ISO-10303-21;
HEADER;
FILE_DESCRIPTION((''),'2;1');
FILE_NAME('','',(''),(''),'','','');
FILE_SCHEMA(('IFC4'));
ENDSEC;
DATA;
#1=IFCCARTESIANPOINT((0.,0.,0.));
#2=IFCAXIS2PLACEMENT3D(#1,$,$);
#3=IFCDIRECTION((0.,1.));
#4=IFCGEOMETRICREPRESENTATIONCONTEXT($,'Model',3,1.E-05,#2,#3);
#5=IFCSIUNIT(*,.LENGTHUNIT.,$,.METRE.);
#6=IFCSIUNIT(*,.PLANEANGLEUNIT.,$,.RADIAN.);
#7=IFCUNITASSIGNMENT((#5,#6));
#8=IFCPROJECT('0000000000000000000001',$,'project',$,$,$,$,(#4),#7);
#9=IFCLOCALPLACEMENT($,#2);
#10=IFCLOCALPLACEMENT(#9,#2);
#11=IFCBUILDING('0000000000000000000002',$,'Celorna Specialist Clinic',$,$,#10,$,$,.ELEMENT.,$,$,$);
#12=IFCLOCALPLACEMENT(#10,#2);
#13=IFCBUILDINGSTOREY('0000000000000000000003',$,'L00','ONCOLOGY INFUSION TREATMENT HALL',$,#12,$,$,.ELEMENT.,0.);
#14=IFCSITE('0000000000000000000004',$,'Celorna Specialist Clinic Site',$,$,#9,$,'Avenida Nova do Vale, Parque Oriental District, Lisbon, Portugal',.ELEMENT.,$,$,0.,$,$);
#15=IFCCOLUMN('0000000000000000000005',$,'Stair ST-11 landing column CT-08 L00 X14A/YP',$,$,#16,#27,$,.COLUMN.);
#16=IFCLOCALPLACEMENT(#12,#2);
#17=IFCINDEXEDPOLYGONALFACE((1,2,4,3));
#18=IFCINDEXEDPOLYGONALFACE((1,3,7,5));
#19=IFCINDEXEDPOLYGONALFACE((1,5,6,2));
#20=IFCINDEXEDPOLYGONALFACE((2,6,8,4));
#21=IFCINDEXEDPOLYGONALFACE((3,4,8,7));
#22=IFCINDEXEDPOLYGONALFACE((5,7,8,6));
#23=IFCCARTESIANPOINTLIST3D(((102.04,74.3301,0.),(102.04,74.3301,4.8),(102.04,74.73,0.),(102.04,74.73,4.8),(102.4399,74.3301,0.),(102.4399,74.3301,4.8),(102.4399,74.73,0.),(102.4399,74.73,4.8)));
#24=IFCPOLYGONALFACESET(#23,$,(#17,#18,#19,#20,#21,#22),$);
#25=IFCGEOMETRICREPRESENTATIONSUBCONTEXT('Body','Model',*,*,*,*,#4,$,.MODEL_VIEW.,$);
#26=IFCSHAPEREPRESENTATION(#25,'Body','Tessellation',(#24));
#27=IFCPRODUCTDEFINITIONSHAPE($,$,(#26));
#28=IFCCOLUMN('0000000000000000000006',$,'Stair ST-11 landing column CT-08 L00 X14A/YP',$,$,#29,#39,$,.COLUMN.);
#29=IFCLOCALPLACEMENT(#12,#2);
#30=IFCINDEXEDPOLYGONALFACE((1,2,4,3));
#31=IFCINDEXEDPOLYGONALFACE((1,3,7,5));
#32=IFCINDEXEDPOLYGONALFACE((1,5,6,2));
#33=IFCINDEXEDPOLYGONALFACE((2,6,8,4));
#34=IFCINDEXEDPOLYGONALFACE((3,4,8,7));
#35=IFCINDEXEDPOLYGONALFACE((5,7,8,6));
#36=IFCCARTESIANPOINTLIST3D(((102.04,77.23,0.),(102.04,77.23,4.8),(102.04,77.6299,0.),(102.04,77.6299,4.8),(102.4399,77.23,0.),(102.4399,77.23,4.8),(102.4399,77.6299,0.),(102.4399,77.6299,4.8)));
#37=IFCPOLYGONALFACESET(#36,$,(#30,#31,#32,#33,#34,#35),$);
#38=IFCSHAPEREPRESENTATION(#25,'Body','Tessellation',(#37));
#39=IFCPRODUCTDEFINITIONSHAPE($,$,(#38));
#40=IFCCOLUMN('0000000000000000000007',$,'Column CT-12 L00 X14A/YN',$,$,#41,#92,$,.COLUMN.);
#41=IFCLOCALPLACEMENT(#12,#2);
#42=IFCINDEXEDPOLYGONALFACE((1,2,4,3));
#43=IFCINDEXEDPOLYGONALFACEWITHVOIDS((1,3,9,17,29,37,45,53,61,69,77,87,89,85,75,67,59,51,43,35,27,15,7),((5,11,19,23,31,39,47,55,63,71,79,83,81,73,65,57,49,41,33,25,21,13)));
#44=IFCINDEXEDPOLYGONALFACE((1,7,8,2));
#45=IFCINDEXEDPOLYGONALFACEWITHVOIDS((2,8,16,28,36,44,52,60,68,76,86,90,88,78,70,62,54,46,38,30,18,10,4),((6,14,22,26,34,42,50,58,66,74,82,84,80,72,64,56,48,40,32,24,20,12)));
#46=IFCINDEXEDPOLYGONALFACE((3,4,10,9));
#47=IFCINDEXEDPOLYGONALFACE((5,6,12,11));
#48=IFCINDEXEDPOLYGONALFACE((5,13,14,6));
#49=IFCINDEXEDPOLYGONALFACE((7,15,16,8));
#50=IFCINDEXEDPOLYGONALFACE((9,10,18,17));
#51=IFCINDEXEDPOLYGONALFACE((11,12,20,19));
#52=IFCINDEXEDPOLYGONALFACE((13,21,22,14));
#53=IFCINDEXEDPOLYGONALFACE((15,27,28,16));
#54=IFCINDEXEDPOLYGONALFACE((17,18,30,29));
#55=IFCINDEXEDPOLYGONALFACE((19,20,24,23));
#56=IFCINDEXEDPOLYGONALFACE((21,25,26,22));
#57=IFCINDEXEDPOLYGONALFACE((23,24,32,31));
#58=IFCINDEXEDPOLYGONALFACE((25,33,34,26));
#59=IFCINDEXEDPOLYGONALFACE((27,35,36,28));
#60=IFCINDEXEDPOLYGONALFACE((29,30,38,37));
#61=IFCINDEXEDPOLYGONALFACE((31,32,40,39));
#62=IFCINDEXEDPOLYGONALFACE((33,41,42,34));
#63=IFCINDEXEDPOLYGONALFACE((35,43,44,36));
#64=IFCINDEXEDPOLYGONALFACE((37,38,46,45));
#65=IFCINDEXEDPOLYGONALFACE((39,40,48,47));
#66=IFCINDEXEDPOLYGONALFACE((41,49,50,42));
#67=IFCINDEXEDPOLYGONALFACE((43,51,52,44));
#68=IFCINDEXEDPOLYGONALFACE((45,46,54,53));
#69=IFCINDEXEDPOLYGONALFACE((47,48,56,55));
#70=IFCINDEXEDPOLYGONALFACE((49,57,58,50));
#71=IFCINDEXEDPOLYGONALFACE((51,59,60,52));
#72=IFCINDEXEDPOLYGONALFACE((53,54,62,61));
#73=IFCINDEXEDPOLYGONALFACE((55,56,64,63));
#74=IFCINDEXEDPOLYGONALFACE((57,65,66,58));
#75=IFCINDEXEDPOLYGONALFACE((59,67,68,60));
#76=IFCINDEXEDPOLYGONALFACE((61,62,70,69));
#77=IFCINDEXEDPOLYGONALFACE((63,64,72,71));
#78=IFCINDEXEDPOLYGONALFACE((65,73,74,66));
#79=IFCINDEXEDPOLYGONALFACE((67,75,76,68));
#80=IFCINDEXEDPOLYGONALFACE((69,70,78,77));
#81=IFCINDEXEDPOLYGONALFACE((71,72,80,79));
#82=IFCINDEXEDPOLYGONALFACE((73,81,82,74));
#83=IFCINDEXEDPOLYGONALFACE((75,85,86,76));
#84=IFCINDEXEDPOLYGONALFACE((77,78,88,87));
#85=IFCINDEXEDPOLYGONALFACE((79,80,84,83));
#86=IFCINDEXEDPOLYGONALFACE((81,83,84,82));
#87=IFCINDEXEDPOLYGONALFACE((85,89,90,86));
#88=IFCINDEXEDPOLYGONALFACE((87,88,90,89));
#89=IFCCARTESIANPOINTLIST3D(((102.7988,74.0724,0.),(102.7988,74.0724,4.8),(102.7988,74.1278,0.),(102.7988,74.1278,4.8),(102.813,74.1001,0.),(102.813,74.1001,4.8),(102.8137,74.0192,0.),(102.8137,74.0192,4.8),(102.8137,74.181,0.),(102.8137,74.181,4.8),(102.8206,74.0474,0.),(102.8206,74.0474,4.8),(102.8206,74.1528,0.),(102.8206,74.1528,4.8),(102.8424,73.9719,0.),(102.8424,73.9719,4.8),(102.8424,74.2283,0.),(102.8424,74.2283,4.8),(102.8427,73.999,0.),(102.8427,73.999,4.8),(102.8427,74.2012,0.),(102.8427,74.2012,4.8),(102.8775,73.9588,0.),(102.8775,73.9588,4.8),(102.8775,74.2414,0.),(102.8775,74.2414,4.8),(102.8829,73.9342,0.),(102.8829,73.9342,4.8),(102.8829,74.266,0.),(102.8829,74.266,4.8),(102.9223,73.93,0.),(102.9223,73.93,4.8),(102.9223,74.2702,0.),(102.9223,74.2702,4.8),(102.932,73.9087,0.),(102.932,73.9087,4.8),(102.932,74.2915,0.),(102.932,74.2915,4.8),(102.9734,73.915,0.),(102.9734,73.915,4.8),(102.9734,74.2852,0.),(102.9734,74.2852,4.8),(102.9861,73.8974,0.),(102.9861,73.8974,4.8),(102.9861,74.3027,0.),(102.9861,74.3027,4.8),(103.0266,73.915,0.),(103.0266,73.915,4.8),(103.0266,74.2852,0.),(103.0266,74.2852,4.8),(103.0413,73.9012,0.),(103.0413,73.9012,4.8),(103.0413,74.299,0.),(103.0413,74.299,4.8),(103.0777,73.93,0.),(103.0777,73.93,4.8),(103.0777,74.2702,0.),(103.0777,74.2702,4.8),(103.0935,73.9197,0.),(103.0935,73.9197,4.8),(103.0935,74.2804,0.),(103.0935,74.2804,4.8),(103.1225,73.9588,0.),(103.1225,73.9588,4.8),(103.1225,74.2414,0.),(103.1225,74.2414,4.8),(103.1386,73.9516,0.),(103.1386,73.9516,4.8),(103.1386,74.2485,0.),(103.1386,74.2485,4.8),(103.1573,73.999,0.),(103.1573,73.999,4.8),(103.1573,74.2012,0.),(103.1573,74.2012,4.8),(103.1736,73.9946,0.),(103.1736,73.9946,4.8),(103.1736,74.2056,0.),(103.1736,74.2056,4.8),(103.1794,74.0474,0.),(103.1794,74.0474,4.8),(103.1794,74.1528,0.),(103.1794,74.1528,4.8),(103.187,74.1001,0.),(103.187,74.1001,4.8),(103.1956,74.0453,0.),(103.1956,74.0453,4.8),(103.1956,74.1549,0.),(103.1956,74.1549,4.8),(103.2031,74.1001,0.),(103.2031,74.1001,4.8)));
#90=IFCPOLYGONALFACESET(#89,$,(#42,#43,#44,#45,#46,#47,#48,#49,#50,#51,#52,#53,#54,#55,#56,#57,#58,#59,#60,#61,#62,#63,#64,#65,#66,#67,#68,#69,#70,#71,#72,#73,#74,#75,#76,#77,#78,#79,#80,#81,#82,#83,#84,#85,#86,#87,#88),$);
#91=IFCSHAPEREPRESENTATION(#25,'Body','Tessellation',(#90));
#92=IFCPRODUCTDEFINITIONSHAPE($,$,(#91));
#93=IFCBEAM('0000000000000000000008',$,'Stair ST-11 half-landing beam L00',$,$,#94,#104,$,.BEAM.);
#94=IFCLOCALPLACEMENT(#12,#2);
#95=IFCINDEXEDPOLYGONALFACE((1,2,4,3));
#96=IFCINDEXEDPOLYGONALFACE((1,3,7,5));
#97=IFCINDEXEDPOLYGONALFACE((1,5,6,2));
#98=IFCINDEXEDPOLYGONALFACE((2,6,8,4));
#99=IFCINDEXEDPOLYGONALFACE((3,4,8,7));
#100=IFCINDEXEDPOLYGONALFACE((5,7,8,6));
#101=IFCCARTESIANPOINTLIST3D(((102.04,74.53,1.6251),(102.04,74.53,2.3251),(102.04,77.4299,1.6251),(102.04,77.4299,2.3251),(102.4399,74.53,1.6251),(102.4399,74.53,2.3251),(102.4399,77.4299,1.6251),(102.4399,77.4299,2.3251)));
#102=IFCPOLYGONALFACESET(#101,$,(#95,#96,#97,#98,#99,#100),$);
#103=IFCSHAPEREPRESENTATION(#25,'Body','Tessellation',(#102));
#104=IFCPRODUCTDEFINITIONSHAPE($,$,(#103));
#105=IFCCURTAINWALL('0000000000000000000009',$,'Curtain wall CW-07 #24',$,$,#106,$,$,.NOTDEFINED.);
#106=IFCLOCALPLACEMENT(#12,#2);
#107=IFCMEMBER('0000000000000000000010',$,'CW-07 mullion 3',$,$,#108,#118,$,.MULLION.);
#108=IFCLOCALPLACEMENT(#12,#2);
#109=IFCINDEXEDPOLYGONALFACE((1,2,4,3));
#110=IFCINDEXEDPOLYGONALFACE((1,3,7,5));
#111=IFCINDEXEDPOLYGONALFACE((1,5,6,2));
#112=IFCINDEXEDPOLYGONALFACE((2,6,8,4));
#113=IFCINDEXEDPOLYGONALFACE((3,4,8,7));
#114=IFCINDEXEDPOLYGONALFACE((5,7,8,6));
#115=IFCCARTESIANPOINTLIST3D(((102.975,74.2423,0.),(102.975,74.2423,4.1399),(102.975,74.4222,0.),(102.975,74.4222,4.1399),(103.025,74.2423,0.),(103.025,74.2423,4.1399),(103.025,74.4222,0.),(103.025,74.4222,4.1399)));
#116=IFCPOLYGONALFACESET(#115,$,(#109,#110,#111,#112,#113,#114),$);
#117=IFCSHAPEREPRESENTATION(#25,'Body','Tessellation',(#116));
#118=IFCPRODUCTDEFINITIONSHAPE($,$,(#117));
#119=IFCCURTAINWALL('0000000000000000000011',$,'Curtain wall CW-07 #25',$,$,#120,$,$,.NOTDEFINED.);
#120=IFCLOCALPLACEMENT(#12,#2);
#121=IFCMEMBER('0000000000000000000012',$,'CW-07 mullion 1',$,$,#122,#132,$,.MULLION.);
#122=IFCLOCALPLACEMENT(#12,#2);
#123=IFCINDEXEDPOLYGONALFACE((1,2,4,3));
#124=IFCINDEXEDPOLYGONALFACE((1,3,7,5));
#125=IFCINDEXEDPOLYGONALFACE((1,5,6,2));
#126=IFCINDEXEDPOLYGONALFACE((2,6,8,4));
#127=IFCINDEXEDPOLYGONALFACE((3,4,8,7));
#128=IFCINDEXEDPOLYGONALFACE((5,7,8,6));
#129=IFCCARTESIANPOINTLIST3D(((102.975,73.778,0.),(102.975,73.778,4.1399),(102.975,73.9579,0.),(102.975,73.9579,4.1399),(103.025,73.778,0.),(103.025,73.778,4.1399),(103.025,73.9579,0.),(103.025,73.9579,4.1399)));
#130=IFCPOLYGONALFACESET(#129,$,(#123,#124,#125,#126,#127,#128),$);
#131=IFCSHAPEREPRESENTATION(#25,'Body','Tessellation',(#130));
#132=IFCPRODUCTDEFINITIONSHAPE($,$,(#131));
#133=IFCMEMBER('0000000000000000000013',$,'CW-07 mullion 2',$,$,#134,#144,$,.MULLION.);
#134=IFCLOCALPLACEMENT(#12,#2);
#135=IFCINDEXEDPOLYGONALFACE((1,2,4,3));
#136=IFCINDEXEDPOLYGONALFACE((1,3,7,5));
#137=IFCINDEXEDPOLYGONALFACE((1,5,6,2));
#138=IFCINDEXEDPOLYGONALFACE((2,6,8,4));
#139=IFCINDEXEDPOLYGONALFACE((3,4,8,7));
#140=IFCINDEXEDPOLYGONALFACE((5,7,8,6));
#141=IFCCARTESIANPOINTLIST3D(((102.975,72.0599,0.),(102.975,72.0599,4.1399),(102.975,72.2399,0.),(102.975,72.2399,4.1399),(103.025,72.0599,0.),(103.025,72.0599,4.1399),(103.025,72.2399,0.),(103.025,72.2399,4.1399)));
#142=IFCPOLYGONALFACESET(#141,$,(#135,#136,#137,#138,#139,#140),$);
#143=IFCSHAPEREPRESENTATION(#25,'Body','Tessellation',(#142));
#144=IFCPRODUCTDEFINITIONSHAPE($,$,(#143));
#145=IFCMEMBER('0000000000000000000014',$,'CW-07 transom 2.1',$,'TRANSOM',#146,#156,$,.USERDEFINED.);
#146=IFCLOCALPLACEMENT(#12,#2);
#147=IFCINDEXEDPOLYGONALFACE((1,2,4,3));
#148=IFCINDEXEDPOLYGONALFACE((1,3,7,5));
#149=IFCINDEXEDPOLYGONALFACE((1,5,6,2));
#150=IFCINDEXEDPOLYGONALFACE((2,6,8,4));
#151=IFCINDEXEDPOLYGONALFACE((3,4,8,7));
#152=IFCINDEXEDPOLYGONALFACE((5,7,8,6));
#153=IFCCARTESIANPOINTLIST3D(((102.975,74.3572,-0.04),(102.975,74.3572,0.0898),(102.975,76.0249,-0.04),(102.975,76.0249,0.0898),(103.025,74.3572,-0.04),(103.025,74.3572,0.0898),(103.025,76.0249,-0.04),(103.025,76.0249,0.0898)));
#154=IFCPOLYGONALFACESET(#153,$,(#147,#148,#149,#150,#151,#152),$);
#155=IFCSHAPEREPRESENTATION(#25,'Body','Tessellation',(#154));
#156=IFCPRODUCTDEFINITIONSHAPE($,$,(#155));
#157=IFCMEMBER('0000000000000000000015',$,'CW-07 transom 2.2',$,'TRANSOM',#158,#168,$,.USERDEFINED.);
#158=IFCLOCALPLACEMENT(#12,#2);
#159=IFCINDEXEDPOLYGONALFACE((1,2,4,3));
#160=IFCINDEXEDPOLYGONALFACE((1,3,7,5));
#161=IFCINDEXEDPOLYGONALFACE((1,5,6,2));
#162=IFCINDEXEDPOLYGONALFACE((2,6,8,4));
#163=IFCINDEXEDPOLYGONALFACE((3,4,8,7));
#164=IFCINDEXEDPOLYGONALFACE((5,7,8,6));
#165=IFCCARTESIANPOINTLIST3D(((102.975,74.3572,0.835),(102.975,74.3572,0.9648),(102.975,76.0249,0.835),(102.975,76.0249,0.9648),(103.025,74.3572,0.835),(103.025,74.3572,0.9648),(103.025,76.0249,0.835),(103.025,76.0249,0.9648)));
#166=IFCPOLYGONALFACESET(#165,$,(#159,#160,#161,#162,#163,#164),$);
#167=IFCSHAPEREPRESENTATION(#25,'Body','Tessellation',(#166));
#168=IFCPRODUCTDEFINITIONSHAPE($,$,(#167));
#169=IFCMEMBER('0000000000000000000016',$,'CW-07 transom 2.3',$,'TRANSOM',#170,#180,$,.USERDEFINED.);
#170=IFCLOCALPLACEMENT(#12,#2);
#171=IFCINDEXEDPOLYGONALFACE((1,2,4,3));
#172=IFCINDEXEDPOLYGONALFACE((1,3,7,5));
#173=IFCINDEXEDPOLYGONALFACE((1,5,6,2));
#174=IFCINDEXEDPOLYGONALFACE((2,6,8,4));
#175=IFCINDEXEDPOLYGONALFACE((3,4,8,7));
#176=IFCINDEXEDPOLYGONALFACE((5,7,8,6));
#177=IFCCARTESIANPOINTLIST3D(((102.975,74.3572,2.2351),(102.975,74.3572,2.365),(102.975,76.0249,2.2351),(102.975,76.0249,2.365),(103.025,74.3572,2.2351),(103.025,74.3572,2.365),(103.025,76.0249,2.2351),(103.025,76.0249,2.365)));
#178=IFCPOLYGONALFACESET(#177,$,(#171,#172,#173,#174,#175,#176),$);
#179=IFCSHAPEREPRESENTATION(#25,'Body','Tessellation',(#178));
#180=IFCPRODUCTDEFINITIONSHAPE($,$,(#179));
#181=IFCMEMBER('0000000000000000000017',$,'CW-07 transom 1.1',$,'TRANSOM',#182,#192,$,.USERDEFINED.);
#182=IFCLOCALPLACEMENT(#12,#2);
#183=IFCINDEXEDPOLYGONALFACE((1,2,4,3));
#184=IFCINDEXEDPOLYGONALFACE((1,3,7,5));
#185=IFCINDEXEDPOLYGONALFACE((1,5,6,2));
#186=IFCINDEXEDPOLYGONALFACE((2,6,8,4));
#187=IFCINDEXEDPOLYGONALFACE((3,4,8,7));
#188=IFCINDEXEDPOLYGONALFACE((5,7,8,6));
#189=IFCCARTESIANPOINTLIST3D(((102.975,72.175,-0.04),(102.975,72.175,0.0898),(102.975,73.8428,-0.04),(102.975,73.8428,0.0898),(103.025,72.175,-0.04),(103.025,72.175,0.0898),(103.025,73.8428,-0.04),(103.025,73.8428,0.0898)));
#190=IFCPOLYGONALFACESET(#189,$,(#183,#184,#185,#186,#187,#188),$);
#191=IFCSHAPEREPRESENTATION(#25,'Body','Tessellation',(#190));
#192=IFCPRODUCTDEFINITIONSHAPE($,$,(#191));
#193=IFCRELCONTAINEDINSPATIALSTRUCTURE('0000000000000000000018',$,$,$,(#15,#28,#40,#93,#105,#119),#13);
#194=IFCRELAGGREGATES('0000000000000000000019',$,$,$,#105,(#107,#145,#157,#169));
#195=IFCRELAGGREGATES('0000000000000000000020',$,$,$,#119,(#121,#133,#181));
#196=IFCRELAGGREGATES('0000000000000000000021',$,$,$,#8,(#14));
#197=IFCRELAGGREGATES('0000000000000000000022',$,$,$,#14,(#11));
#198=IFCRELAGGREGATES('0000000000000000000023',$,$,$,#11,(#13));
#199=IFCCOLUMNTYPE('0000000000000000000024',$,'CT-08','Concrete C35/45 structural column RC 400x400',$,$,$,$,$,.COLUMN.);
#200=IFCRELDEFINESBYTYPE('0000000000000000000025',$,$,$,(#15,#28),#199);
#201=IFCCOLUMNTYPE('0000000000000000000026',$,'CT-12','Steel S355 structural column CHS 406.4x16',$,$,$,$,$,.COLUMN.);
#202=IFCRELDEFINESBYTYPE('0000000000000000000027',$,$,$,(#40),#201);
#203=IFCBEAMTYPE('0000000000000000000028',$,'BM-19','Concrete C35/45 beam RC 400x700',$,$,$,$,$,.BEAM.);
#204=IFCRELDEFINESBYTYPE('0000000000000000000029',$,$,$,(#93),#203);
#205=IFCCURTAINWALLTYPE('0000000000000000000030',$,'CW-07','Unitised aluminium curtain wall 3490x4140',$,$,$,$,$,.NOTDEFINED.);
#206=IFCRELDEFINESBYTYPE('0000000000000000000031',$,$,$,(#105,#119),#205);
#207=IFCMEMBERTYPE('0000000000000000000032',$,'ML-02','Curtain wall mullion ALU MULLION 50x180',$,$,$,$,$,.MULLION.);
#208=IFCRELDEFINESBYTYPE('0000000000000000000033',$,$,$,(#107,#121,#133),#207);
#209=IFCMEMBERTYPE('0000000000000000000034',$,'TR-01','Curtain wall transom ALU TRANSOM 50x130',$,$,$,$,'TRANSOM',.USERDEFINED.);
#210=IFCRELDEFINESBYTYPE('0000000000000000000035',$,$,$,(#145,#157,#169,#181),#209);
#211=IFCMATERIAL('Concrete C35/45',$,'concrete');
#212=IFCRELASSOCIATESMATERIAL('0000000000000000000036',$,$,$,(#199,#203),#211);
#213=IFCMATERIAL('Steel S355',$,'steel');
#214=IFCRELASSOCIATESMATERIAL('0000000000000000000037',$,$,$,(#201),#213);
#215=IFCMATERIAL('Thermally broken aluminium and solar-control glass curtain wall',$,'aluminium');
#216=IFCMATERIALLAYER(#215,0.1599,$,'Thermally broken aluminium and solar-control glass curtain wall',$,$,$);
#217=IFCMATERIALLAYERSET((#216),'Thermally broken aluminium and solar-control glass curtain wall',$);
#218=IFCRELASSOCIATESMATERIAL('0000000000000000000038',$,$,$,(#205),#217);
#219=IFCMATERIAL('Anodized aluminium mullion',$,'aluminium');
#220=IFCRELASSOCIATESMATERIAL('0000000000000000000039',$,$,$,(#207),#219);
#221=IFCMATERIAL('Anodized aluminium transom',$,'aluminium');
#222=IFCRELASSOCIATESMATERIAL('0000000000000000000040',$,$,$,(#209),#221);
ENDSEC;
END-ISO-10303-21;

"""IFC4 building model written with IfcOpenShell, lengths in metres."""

from ifc_helpers import new_model, si_unit, direction, frame, origin, origin_2d, place, context, subcontext, project, spatial, rectangle, hollow_circle, extrude, material, layer, layer_set, material_profile, profile_set, type_object, element, aggregate, save


model = new_model("IFC4")

# Units and contexts
model_context = context("Model", 3, precision=1e-05, world=origin(), true_north=direction((0.0, 1.0)))
body_context = subcontext(model_context, "Body", "Model", "MODEL_VIEW")
ifc_project = project(units=[si_unit("LENGTHUNIT", "METRE"), si_unit("PLANEANGLEUNIT", "RADIAN")], contexts=[model_context])

# Site, building, storey
site_placement = place(None, origin())
site = spatial("IfcSite", under=ifc_project, at=site_placement, Name="Celorna Specialist Clinic Site", LongName="Avenida Nova do Vale, Parque Oriental District, Lisbon, Portugal", CompositionType="ELEMENT", RefElevation=0.0)
building_placement = place(site_placement, origin())
building = spatial("IfcBuilding", under=site, at=building_placement, Name="Celorna Specialist Clinic", CompositionType="ELEMENT")
storey_placement = place(building_placement, origin())
storey = spatial("IfcBuildingStorey", under=building, at=storey_placement, Name="L00", Description="ONCOLOGY INFUSION TREATMENT HALL", CompositionType="ELEMENT", Elevation=0.0)

# Columns
ifc_material_1 = material(Name="Concrete C35/45", Category="concrete")
ifc_material_profile_1 = material_profile(ifc_material_1, rectangle(XDim=0.3999, YDim=0.3999, at=origin_2d()), Name="RC 400x400")
ifc_profile_set_1 = profile_set([ifc_material_profile_1], Name="Concrete C35/45")
column_type_1 = type_object("IfcColumnType", Name="CT-08", Description="Concrete C35/45 structural column RC 400x400", PredefinedType="COLUMN", material=ifc_profile_set_1)
for number, where, z_axis, x_axis, name in (
    (1, (102.24, 74.53, 0.0), (0.0, 0.0, 1.0), (1.0, 0.0, 0.0), "Stair ST-11 landing column CT-08 L00 X14A/YP"),
    (2, (102.24, 77.4299, 0.0), (0.0, 0.0, 1.0), (1.0, 0.0, 0.0), "Stair ST-11 landing column CT-08 L00 X14A/YP"),
):
    element("IfcColumn", number, at=place(storey_placement, frame(where, z_axis=z_axis, x_axis=x_axis)), inside=storey, type_object=column_type_1, Name=name, PredefinedType="COLUMN", context=body_context, shape_type="SweptSolid", body=[
        extrude(rectangle(XDim=0.3999, YDim=0.3999, at=origin_2d()), origin(), (0.0, 0.0, 1.0), 4.8),
    ])
ifc_material_2 = material(Name="Steel S355", Category="steel")
ifc_material_profile_2 = material_profile(ifc_material_2, hollow_circle(Radius=0.2031, WallThickness=0.0161, at=origin_2d()), Name="CHS 406.4x16")
ifc_profile_set_2 = profile_set([ifc_material_profile_2], Name="Steel S355")
column_type_2 = type_object("IfcColumnType", Name="CT-12", Description="Steel S355 structural column CHS 406.4x16", PredefinedType="COLUMN", material=ifc_profile_set_2)
column_placement = place(storey_placement, frame((103.0, 74.1001, 0.0), z_axis=(0.0, 0.0, 1.0), x_axis=(1.0, 0.0, 0.0)))
element("IfcColumn", 3, at=column_placement, inside=storey, type_object=column_type_2, Name="Column CT-12 L00 X14A/YN", PredefinedType="COLUMN", context=body_context, shape_type="SweptSolid", body=[
    extrude(hollow_circle(Radius=0.2031, WallThickness=0.0161, at=origin_2d()), origin(), (0.0, 0.0, 1.0), 4.8),
])

# Beam
ifc_material_profile_3 = material_profile(ifc_material_1, rectangle(XDim=0.3999, YDim=0.7, at=origin_2d()), Name="RC 400x700")
ifc_profile_set_3 = profile_set([ifc_material_profile_3], Name="Concrete C35/45")
beam_type = type_object("IfcBeamType", Name="BM-19", Description="Concrete C35/45 beam RC 400x700", PredefinedType="BEAM", material=ifc_profile_set_3)
beam_placement = place(storey_placement, frame((102.24, 74.53, 1.9751), z_axis=(0.0, 1.0, 0.0), x_axis=(-1.0, 0.0, 0.0)))
element("IfcBeam", 4, at=beam_placement, inside=storey, type_object=beam_type, Name="Stair ST-11 half-landing beam L00", PredefinedType="BEAM", context=body_context, shape_type="SweptSolid", body=[
    extrude(rectangle(XDim=0.3999, YDim=0.7, at=origin_2d()), origin(), (0.0, 0.0, 1.0), 2.8999),
])

# Curtain wall, member
ifc_material_3 = material(Name="Thermally broken aluminium and solar-control glass curtain wall", Category="aluminium")
ifc_layer_1 = layer(ifc_material_3, 0.1599, Name="Thermally broken aluminium and solar-control glass curtain wall")
ifc_layer_set_1 = layer_set([ifc_layer_1], Name="Thermally broken aluminium and solar-control glass curtain wall")
curtain_wall_type = type_object("IfcCurtainWallType", Name="CW-07", Description="Unitised aluminium curtain wall 3490x4140", PredefinedType="NOTDEFINED", material=ifc_layer_set_1)
curtain_wall_1_placement = place(storey_placement, origin())
curtain_wall_1 = element("IfcCurtainWall", 5, at=curtain_wall_1_placement, inside=storey, type_object=curtain_wall_type, Name="Curtain wall CW-07 #24", PredefinedType="NOTDEFINED")
ifc_material_4 = material(Name="Anodized aluminium mullion", Category="aluminium")
ifc_material_profile_4 = material_profile(ifc_material_4, rectangle(XDim=0.05, YDim=0.1799, at=origin_2d()), Name="ALU MULLION 50x180")
ifc_profile_set_4 = profile_set([ifc_material_profile_4], Name="Anodized aluminium mullion")
member_type_1 = type_object("IfcMemberType", Name="ML-02", Description="Curtain wall mullion ALU MULLION 50x180", PredefinedType="MULLION", material=ifc_profile_set_4)
member_1_placement = place(storey_placement, frame((103.0, 74.3323, 0.0), z_axis=(0.0, 0.0, 1.0), x_axis=(1.0, 0.0, 0.0)))
member_1 = element("IfcMember", 6, at=member_1_placement, type_object=member_type_1, Name="CW-07 mullion 3", PredefinedType="MULLION", context=body_context, shape_type="SweptSolid", body=[
    extrude(rectangle(XDim=0.05, YDim=0.1799, at=origin_2d()), origin(), (0.0, 0.0, 1.0), 4.1399),
])

# Curtain wall, members
curtain_wall_2_placement = place(storey_placement, origin())
curtain_wall_2 = element("IfcCurtainWall", 7, at=curtain_wall_2_placement, inside=storey, type_object=curtain_wall_type, Name="Curtain wall CW-07 #25", PredefinedType="NOTDEFINED")
member_2_placement = place(storey_placement, frame((103.0, 73.8679, 0.0), z_axis=(0.0, 0.0, 1.0), x_axis=(1.0, 0.0, 0.0)))
member_2 = element("IfcMember", 8, at=member_2_placement, type_object=member_type_1, Name="CW-07 mullion 1", PredefinedType="MULLION", context=body_context, shape_type="SweptSolid", body=[
    extrude(rectangle(XDim=0.05, YDim=0.1799, at=origin_2d()), origin(), (0.0, 0.0, 1.0), 4.1399),
])
member_3_placement = place(storey_placement, frame((103.0, 72.1499, 0.0), z_axis=(0.0, 0.0, 1.0), x_axis=(1.0, 0.0, 0.0)))
member_3 = element("IfcMember", 9, at=member_3_placement, type_object=member_type_1, Name="CW-07 mullion 2", PredefinedType="MULLION", context=body_context, shape_type="SweptSolid", body=[
    extrude(rectangle(XDim=0.05, YDim=0.1799, at=origin_2d()), origin(), (0.0, 0.0, 1.0), 4.1399),
])

# Members
ifc_material_5 = material(Name="Anodized aluminium transom", Category="aluminium")
ifc_material_profile_5 = material_profile(ifc_material_5, rectangle(XDim=0.05, YDim=0.1299, at=origin_2d()), Name="ALU TRANSOM 50x130")
ifc_profile_set_5 = profile_set([ifc_material_profile_5], Name="Anodized aluminium transom")
member_type_2 = type_object("IfcMemberType", Name="TR-01", Description="Curtain wall transom ALU TRANSOM 50x130", ElementType="TRANSOM", PredefinedType="USERDEFINED", material=ifc_profile_set_5)
member_4_placement = place(storey_placement, frame((103.0, 76.0249, 0.0249), z_axis=(0.0, -1.0, 0.0), x_axis=(1.0, 0.0, 0.0)))
member_4 = element("IfcMember", 10, at=member_4_placement, type_object=member_type_2, Name="CW-07 transom 2.1", ObjectType="TRANSOM", PredefinedType="USERDEFINED", context=body_context, shape_type="SweptSolid", body=[
    extrude(rectangle(XDim=0.05, YDim=0.1299, at=origin_2d()), origin(), (0.0, 0.0, 1.0), 1.6677),
])
member_5_placement = place(storey_placement, frame((103.0, 76.0249, 0.8999), z_axis=(0.0, -1.0, 0.0), x_axis=(1.0, 0.0, 0.0)))
member_5 = element("IfcMember", 11, at=member_5_placement, type_object=member_type_2, Name="CW-07 transom 2.2", ObjectType="TRANSOM", PredefinedType="USERDEFINED", context=body_context, shape_type="SweptSolid", body=[
    extrude(rectangle(XDim=0.05, YDim=0.1299, at=origin_2d()), origin(), (0.0, 0.0, 1.0), 1.6677),
])
member_6_placement = place(storey_placement, frame((103.0, 76.0249, 2.3), z_axis=(0.0, -1.0, 0.0), x_axis=(1.0, 0.0, 0.0)))
member_6 = element("IfcMember", 12, at=member_6_placement, type_object=member_type_2, Name="CW-07 transom 2.3", ObjectType="TRANSOM", PredefinedType="USERDEFINED", context=body_context, shape_type="SweptSolid", body=[
    extrude(rectangle(XDim=0.05, YDim=0.1299, at=origin_2d()), origin(), (0.0, 0.0, 1.0), 1.6677),
])
member_7_placement = place(storey_placement, frame((103.0, 73.8428, 0.0249), z_axis=(0.0, -1.0, 0.0), x_axis=(1.0, 0.0, 0.0)))
member_7 = element("IfcMember", 13, at=member_7_placement, type_object=member_type_2, Name="CW-07 transom 1.1", ObjectType="TRANSOM", PredefinedType="USERDEFINED", context=body_context, shape_type="SweptSolid", body=[
    extrude(rectangle(XDim=0.05, YDim=0.1299, at=origin_2d()), origin(), (0.0, 0.0, 1.0), 1.6677),
])

aggregate(curtain_wall_1, [member_1, member_4, member_5, member_6])
aggregate(curtain_wall_2, [member_2, member_3, member_7])

save(model, "model.ifc")
